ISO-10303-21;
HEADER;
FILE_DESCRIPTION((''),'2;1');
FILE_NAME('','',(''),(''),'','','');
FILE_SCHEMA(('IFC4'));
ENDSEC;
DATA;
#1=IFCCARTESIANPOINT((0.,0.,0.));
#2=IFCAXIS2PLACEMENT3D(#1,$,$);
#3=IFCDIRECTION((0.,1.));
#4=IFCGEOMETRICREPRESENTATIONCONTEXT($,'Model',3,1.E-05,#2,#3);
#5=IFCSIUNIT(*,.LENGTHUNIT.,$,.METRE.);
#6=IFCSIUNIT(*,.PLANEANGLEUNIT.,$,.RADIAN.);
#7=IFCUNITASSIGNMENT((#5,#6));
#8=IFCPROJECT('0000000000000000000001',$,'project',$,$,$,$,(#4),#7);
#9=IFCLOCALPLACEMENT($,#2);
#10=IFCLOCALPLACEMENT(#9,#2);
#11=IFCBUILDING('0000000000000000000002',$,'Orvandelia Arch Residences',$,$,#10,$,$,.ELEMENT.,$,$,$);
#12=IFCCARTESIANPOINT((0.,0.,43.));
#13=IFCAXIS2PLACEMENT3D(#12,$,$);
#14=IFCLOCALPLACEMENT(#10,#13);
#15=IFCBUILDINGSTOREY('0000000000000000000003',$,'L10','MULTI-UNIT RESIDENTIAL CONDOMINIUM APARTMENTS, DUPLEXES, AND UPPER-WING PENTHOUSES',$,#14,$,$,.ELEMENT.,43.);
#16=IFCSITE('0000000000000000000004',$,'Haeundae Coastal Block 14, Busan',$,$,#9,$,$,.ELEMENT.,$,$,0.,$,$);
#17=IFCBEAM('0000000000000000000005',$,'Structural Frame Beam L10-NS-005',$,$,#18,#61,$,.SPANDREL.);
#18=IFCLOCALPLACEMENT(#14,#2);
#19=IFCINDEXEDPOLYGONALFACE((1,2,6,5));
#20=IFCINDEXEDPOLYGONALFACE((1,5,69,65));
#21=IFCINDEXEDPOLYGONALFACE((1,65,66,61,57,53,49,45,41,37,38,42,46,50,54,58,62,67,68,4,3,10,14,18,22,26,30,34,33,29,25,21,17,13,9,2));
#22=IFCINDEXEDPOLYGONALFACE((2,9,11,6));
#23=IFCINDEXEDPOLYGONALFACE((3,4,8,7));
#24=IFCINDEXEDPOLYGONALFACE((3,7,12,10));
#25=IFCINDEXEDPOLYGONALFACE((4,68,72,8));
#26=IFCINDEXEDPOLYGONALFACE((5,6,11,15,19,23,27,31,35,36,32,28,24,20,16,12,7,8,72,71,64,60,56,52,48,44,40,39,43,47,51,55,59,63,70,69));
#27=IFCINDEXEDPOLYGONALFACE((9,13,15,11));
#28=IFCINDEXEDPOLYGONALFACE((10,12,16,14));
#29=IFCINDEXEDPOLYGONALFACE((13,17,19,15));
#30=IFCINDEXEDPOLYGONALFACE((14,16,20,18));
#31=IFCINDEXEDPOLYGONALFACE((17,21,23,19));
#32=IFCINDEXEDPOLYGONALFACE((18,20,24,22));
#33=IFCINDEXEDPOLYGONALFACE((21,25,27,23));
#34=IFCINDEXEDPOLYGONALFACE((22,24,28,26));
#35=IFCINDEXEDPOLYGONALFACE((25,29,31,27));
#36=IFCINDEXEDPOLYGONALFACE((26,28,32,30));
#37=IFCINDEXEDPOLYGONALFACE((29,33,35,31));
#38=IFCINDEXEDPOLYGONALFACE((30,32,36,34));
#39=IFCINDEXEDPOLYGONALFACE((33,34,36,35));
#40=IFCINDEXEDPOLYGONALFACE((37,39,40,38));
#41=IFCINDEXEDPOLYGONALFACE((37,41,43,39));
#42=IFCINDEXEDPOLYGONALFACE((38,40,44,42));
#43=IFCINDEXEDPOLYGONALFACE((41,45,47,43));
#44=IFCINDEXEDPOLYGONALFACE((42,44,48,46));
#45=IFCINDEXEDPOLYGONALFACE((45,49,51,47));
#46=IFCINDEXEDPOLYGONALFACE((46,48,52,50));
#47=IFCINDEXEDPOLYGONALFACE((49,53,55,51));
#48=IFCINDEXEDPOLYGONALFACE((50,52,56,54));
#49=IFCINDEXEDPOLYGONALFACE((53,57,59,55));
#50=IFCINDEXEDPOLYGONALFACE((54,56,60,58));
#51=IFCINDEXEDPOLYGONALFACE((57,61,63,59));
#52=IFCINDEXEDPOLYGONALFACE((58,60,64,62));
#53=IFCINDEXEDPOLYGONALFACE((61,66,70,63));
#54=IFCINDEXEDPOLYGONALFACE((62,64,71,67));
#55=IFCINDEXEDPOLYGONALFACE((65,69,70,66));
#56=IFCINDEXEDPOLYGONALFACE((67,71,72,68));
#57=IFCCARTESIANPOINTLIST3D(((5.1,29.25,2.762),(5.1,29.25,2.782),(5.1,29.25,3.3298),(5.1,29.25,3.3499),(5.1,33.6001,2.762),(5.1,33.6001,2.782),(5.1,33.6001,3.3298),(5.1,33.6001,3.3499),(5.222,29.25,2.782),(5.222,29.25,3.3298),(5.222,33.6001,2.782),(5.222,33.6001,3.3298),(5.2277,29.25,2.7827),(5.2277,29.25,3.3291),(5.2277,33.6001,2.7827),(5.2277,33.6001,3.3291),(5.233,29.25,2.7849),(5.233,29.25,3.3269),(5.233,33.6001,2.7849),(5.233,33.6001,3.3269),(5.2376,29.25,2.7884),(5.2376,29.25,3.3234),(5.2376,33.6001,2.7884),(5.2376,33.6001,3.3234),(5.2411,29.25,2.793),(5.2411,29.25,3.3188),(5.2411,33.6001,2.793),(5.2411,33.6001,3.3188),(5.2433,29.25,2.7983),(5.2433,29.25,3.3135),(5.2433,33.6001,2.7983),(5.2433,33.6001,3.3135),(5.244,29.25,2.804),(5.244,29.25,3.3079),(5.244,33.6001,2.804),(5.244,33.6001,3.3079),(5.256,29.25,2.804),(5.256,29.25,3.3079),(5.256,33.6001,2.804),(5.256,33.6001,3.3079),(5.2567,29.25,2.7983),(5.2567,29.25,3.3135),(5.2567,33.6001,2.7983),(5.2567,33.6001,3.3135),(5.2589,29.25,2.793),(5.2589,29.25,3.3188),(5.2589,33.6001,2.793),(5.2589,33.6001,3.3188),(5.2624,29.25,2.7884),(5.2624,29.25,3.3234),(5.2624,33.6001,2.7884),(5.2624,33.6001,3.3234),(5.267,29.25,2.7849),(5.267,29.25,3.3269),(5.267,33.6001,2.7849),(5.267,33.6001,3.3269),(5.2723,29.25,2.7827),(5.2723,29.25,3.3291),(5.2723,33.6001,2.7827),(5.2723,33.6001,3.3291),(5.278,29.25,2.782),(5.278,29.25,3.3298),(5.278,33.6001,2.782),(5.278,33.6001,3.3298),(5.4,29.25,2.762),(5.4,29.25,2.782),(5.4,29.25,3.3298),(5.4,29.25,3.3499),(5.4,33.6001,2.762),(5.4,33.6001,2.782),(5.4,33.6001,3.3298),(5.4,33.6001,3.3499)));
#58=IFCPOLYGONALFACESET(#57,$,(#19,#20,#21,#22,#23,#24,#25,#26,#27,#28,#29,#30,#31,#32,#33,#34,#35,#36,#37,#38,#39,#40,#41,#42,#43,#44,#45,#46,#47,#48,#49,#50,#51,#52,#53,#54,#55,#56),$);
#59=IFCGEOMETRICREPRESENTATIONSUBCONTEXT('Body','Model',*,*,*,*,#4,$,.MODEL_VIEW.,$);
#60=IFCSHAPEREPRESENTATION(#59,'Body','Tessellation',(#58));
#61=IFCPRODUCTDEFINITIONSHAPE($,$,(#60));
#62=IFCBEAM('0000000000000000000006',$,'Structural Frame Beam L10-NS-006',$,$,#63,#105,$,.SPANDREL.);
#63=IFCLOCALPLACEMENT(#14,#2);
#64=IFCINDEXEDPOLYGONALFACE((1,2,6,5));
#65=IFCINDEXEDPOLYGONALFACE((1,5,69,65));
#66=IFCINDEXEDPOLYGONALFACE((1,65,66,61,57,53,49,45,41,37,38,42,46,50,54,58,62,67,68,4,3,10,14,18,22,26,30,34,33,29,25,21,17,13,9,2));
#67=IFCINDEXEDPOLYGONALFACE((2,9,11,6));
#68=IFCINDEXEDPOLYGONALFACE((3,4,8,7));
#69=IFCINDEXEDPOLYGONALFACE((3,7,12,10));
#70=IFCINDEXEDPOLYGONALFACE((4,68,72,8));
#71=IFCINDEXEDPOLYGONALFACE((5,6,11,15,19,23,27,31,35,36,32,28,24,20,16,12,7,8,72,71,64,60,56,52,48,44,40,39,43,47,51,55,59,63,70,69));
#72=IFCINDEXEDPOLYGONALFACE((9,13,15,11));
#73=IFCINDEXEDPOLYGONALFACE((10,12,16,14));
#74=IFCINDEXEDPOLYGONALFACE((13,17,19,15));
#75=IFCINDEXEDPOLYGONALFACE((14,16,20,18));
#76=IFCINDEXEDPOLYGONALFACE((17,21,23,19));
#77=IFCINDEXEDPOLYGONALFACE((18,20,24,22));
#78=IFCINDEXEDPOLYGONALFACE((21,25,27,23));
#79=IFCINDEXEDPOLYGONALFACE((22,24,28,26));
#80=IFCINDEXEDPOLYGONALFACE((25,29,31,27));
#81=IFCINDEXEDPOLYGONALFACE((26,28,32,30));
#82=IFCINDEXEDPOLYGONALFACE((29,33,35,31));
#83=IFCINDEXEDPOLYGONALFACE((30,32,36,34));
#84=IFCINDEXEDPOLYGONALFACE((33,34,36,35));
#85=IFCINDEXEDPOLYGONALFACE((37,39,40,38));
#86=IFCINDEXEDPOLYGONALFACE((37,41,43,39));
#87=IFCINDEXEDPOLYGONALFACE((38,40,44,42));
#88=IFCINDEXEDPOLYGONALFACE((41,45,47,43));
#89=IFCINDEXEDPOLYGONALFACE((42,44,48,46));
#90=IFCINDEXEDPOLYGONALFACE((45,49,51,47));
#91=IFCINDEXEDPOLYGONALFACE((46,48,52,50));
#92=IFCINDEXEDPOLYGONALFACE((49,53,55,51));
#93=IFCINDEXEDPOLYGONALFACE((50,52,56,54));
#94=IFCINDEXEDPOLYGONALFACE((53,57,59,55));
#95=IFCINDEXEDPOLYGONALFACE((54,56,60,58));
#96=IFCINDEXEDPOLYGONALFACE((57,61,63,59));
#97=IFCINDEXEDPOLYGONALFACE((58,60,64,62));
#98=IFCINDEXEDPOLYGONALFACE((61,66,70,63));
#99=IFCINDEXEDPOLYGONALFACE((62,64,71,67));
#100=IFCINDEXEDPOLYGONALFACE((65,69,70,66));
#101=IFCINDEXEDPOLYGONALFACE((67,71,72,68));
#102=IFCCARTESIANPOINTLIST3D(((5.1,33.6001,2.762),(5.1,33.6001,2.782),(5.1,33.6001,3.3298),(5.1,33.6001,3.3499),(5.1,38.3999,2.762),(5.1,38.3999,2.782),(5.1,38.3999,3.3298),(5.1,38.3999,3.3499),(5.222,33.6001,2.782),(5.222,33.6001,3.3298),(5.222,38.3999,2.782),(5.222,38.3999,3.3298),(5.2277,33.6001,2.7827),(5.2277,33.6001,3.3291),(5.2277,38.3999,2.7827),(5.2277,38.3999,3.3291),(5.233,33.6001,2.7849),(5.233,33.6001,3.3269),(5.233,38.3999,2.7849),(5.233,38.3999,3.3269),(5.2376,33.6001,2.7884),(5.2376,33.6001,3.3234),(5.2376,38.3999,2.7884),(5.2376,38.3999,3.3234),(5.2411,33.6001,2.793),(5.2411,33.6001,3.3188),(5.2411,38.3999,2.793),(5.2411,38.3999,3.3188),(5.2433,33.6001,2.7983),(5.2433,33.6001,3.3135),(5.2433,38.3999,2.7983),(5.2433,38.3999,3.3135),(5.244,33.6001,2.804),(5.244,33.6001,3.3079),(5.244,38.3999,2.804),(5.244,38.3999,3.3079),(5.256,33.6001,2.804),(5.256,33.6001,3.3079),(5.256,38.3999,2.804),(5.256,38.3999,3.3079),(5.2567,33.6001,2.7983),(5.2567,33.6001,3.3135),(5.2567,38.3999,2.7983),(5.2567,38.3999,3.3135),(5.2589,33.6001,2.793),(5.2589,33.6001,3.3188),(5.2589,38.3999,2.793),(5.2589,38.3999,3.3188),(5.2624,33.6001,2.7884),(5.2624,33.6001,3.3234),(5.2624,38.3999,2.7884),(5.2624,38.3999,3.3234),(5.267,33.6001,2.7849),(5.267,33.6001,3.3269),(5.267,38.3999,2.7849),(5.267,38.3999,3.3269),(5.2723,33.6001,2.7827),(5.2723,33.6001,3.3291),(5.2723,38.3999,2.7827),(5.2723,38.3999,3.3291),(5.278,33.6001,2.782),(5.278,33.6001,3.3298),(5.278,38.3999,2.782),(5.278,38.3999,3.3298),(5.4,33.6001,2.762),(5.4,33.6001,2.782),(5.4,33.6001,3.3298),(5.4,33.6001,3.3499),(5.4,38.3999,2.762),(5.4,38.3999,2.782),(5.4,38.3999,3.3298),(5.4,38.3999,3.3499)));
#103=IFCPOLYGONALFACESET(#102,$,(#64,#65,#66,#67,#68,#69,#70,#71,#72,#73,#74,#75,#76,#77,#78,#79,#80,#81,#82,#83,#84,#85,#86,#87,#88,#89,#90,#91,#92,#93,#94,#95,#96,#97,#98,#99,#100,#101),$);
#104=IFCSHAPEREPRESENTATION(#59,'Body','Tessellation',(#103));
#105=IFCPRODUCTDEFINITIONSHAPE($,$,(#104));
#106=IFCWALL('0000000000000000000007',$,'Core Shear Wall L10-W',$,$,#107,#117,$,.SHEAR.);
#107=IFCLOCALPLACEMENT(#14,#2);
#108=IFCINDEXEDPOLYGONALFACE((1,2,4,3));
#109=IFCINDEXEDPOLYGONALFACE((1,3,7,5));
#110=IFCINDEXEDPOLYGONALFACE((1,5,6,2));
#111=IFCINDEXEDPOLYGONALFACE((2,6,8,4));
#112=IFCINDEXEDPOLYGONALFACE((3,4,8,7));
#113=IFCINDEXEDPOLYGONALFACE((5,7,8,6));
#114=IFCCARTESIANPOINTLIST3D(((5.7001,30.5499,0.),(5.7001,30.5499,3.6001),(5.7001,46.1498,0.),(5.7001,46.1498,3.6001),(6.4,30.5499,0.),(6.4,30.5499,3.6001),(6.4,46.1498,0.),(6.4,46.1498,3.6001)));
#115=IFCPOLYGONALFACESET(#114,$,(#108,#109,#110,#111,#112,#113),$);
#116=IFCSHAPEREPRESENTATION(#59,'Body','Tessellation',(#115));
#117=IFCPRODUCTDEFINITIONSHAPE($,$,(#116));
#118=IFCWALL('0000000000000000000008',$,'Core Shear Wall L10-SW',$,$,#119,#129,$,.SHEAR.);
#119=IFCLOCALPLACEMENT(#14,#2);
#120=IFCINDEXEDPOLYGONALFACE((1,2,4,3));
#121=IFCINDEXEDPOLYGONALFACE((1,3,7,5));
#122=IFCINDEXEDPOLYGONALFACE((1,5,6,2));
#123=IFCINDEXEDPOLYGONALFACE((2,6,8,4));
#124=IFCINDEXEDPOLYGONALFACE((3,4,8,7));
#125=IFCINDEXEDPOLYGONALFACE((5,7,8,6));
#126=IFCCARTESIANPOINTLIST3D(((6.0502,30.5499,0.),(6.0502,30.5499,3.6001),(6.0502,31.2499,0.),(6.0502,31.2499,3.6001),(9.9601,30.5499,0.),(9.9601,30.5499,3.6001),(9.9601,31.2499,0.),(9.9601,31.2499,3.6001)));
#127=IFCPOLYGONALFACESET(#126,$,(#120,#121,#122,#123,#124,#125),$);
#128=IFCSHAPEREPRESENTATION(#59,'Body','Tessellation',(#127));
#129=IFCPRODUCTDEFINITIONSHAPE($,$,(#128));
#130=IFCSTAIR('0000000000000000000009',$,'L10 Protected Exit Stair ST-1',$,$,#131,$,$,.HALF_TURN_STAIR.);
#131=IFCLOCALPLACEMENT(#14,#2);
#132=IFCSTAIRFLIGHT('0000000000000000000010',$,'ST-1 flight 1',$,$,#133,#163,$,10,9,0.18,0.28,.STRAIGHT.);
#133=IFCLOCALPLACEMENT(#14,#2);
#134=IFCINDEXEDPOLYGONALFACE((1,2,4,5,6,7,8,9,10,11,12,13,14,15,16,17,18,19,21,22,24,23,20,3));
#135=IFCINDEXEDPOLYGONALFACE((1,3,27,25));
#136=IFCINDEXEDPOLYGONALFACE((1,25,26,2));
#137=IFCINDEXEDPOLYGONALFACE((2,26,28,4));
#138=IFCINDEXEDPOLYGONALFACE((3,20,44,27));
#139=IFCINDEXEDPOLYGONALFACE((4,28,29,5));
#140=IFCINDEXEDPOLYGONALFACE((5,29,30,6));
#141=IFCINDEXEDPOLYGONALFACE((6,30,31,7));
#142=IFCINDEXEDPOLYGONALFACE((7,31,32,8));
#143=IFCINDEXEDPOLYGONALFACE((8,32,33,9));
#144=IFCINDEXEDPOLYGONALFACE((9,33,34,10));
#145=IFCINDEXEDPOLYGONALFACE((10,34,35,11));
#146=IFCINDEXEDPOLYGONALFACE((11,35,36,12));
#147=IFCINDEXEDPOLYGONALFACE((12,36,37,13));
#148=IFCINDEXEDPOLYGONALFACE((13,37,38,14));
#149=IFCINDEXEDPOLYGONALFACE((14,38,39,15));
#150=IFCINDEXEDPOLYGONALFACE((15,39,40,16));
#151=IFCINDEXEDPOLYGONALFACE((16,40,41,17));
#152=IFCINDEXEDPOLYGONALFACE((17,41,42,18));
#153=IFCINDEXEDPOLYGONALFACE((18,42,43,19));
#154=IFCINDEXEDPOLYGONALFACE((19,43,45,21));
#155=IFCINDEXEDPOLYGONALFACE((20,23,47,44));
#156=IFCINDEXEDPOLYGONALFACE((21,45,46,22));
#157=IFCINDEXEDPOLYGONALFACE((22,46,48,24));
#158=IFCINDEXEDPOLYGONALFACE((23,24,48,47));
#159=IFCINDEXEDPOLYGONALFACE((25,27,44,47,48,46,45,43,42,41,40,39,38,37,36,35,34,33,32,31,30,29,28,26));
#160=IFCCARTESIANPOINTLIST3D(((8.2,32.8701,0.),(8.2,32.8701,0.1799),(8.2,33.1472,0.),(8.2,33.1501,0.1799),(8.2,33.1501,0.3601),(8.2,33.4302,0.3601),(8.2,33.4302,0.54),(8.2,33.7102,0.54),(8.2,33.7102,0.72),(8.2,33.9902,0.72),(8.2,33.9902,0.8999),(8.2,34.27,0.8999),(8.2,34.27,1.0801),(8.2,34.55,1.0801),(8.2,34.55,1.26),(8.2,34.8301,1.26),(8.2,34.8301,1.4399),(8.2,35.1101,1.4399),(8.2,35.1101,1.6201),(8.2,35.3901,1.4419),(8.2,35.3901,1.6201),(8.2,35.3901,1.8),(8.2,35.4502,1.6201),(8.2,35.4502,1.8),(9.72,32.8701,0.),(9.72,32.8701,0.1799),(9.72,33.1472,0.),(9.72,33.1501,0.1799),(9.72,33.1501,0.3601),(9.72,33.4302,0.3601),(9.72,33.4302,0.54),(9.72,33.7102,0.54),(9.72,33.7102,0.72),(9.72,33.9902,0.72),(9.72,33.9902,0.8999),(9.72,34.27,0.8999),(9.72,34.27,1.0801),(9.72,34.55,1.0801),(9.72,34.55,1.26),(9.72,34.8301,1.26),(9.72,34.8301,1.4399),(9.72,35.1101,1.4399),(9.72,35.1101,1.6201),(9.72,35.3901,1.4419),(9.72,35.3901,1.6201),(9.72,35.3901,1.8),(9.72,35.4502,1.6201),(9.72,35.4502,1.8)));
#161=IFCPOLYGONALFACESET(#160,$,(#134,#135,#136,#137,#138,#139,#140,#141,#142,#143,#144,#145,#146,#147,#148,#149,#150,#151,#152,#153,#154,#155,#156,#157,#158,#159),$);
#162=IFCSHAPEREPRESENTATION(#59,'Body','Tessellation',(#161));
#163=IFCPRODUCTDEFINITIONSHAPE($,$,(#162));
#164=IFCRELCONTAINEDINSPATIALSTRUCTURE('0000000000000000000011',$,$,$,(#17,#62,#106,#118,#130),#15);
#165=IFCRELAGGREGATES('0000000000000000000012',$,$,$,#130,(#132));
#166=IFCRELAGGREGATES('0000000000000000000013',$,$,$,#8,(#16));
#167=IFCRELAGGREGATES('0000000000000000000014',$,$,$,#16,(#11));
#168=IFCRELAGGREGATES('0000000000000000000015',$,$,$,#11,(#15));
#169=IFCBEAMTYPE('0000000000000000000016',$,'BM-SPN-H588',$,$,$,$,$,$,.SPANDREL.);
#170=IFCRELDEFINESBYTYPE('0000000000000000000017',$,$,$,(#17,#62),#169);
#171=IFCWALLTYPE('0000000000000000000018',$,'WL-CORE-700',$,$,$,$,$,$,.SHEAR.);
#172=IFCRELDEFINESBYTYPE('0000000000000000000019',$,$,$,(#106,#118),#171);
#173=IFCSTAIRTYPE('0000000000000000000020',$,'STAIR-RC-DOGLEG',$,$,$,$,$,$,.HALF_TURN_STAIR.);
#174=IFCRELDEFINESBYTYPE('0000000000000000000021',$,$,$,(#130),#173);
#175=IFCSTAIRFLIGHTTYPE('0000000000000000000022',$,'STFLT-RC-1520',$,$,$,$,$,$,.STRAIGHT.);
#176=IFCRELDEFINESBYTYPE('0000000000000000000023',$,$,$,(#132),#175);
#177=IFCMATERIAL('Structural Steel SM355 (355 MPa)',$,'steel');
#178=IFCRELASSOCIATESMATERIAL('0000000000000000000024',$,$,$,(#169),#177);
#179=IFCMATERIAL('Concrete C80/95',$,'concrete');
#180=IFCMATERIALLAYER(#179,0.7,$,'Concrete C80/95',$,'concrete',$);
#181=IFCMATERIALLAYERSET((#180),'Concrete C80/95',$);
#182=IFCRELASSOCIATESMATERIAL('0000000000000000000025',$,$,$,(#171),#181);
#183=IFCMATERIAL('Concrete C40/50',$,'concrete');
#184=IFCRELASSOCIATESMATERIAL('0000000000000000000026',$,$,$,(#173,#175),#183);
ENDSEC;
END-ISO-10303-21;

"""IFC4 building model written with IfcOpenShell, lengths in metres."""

from ifc_helpers import new_model, si_unit, direction, frame, frame_2d, origin, origin_2d, place, context, subcontext, project, spatial, polyline, rectangle, i_section, outline, extrude, material, layer, layer_set, material_profile, profile_set, type_object, element, aggregate, save


model = new_model("IFC4")

# Units and contexts
model_context = context("Model", 3, precision=1e-05, world=origin(), true_north=direction((0.0, 1.0)))
body_context = subcontext(model_context, "Body", "Model", "MODEL_VIEW")
ifc_project = project(units=[si_unit("LENGTHUNIT", "METRE"), si_unit("PLANEANGLEUNIT", "RADIAN")], contexts=[model_context])

# Site, building, storey
site_placement = place(None, origin())
site = spatial("IfcSite", under=ifc_project, at=site_placement, Name="Haeundae Coastal Block 14, Busan", CompositionType="ELEMENT", RefElevation=0.0)
building_placement = place(site_placement, origin())
building = spatial("IfcBuilding", under=site, at=building_placement, Name="Orvandelia Arch Residences", CompositionType="ELEMENT")
storey_placement = place(building_placement, frame((0.0, 0.0, 43.0)))
storey = spatial("IfcBuildingStorey", under=building, at=storey_placement, Name="L10", Description="MULTI-UNIT RESIDENTIAL CONDOMINIUM APARTMENTS, DUPLEXES, AND UPPER-WING PENTHOUSES", CompositionType="ELEMENT", Elevation=43.0)

# Shared definitions
ifc_material_1 = material(Name="Concrete C80/95", Category="concrete")

# Beams
ifc_material_2 = material(Name="Structural Steel SM355 (355 MPa)", Category="steel")
ifc_material_profile_1 = material_profile(ifc_material_2, i_section(OverallWidth=0.3, OverallDepth=0.5879, WebThickness=0.012, FlangeThickness=0.02, FilletRadius=0.022, at=origin_2d()), Name="Structural Steel SM355 (355 MPa)", Category="steel")
ifc_profile_set_1 = profile_set([ifc_material_profile_1], Name="Structural Steel SM355 (355 MPa)")
beam_type_1 = type_object("IfcBeamType", Name="BM-SPN-H588", PredefinedType="SPANDREL", material=ifc_profile_set_1)
beam_1_placement = place(storey_placement, frame((5.25, 29.25, 3.0559), z_axis=(0.0, 1.0, 0.0), x_axis=(-1.0, 0.0, 0.0)))
element("IfcBeam", 1, at=beam_1_placement, inside=storey, type_object=beam_type_1, Name="Structural Frame Beam L10-NS-005", PredefinedType="SPANDREL", context=body_context, shape_type="SweptSolid", body=[
    extrude(i_section(OverallWidth=0.3, OverallDepth=0.5879, WebThickness=0.012, FlangeThickness=0.02, FilletRadius=0.022, at=origin_2d()), origin(), (0.0, 0.0, 1.0), 4.3501),
])
beam_2_placement = place(storey_placement, frame((5.25, 33.6001, 3.0559), z_axis=(0.0, 1.0, 0.0), x_axis=(-1.0, 0.0, 0.0)))
element("IfcBeam", 2, at=beam_2_placement, inside=storey, type_object=beam_type_1, Name="Structural Frame Beam L10-NS-006", PredefinedType="SPANDREL", context=body_context, shape_type="SweptSolid", body=[
    extrude(i_section(OverallWidth=0.3, OverallDepth=0.5879, WebThickness=0.012, FlangeThickness=0.02, FilletRadius=0.022, at=origin_2d()), origin(), (0.0, 0.0, 1.0), 4.7998),
])

# Walls
ifc_layer = layer(ifc_material_1, 0.7, Name="Concrete C80/95", Category="concrete")
ifc_layer_set = layer_set([ifc_layer], Name="Concrete C80/95")
wall_type = type_object("IfcWallType", Name="WL-CORE-700", PredefinedType="SHEAR", material=ifc_layer_set)
wall_1_placement = place(storey_placement, frame((6.05, 30.55, 0.0), z_axis=(0.0, 0.0, 1.0), x_axis=(0.0, 1.0, 0.0)))
element("IfcWall", 3, at=wall_1_placement, inside=storey, type_object=wall_type, Name="Core Shear Wall L10-W", PredefinedType="SHEAR", context=body_context, shape_type="SweptSolid", body=[
    extrude(rectangle(XDim=15.5999, YDim=0.7, at=frame_2d((7.7998, 0.0))), origin(), (0.0, 0.0, 1.0), 3.6001),
])
wall_2_placement = place(storey_placement, frame((6.05, 30.8999, 0.0), z_axis=(0.0, 0.0, 1.0), x_axis=(1.0, 0.0, 0.0)))
element("IfcWall", 4, at=wall_2_placement, inside=storey, type_object=wall_type, Name="Core Shear Wall L10-SW", PredefinedType="SHEAR", context=body_context, shape_type="SweptSolid", body=[
    extrude(rectangle(XDim=3.9099, YDim=0.7, at=frame_2d((1.9551, 0.0))), origin(), (0.0, 0.0, 1.0), 3.6001),
])

# Stair, stair flight
ifc_material_3 = material(Name="Concrete C40/50", Category="concrete")
stair_type = type_object("IfcStairType", Name="STAIR-RC-DOGLEG", PredefinedType="HALF_TURN_STAIR", material=ifc_material_3)
stair_placement = place(storey_placement, origin())
stair = element("IfcStair", 5, at=stair_placement, inside=storey, type_object=stair_type, Name="L10 Protected Exit Stair ST-1", PredefinedType="HALF_TURN_STAIR")
stair_flight_type = type_object("IfcStairFlightType", Name="STFLT-RC-1520", PredefinedType="STRAIGHT", material=ifc_material_3)
stair_flight_1_placement = place(storey_placement, frame((8.96, 32.8701, 0.0), z_axis=(0.0, 0.0, 1.0), x_axis=(0.0, 1.0, 0.0)))
stair_flight_1 = element("IfcStairFlight", 6, at=stair_flight_1_placement, type_object=stair_flight_type, Name="ST-1 flight 1", NumberOfRisers=10, NumberOfTreads=9, PredefinedType="STRAIGHT", RiserHeight=0.18, TreadLength=0.28, context=body_context, shape_type="SweptSolid", body=[
    extrude(outline(polyline([(0.0, 0.0), (0.0, 0.1799), (0.28, 0.1799), (0.28, 0.3601), (0.5601, 0.3601), (0.5601, 0.54), (0.8401, 0.54), (0.8401, 0.72), (1.1201, 0.72), (1.1201, 0.8999), (1.3999, 0.8999), (1.3999, 1.0801), (1.6799, 1.0801), (1.6799, 1.26), (1.96, 1.26), (1.96, 1.4399), (2.24, 1.4399), (2.24, 1.6201), (2.52, 1.6201), (2.52, 1.8), (2.5801, 1.8), (2.5801, 1.6201), (2.52, 1.4419), (0.2771, 0.0), (0.0, 0.0)])), frame((0.0, 0.76, 0.0), z_axis=(0.0, -1.0, 0.0), x_axis=(1.0, 0.0, 0.0)), (0.0, 0.0, 1.0), 1.52),
])
aggregate(stair, [stair_flight_1])

save(model, "model.ifc")
